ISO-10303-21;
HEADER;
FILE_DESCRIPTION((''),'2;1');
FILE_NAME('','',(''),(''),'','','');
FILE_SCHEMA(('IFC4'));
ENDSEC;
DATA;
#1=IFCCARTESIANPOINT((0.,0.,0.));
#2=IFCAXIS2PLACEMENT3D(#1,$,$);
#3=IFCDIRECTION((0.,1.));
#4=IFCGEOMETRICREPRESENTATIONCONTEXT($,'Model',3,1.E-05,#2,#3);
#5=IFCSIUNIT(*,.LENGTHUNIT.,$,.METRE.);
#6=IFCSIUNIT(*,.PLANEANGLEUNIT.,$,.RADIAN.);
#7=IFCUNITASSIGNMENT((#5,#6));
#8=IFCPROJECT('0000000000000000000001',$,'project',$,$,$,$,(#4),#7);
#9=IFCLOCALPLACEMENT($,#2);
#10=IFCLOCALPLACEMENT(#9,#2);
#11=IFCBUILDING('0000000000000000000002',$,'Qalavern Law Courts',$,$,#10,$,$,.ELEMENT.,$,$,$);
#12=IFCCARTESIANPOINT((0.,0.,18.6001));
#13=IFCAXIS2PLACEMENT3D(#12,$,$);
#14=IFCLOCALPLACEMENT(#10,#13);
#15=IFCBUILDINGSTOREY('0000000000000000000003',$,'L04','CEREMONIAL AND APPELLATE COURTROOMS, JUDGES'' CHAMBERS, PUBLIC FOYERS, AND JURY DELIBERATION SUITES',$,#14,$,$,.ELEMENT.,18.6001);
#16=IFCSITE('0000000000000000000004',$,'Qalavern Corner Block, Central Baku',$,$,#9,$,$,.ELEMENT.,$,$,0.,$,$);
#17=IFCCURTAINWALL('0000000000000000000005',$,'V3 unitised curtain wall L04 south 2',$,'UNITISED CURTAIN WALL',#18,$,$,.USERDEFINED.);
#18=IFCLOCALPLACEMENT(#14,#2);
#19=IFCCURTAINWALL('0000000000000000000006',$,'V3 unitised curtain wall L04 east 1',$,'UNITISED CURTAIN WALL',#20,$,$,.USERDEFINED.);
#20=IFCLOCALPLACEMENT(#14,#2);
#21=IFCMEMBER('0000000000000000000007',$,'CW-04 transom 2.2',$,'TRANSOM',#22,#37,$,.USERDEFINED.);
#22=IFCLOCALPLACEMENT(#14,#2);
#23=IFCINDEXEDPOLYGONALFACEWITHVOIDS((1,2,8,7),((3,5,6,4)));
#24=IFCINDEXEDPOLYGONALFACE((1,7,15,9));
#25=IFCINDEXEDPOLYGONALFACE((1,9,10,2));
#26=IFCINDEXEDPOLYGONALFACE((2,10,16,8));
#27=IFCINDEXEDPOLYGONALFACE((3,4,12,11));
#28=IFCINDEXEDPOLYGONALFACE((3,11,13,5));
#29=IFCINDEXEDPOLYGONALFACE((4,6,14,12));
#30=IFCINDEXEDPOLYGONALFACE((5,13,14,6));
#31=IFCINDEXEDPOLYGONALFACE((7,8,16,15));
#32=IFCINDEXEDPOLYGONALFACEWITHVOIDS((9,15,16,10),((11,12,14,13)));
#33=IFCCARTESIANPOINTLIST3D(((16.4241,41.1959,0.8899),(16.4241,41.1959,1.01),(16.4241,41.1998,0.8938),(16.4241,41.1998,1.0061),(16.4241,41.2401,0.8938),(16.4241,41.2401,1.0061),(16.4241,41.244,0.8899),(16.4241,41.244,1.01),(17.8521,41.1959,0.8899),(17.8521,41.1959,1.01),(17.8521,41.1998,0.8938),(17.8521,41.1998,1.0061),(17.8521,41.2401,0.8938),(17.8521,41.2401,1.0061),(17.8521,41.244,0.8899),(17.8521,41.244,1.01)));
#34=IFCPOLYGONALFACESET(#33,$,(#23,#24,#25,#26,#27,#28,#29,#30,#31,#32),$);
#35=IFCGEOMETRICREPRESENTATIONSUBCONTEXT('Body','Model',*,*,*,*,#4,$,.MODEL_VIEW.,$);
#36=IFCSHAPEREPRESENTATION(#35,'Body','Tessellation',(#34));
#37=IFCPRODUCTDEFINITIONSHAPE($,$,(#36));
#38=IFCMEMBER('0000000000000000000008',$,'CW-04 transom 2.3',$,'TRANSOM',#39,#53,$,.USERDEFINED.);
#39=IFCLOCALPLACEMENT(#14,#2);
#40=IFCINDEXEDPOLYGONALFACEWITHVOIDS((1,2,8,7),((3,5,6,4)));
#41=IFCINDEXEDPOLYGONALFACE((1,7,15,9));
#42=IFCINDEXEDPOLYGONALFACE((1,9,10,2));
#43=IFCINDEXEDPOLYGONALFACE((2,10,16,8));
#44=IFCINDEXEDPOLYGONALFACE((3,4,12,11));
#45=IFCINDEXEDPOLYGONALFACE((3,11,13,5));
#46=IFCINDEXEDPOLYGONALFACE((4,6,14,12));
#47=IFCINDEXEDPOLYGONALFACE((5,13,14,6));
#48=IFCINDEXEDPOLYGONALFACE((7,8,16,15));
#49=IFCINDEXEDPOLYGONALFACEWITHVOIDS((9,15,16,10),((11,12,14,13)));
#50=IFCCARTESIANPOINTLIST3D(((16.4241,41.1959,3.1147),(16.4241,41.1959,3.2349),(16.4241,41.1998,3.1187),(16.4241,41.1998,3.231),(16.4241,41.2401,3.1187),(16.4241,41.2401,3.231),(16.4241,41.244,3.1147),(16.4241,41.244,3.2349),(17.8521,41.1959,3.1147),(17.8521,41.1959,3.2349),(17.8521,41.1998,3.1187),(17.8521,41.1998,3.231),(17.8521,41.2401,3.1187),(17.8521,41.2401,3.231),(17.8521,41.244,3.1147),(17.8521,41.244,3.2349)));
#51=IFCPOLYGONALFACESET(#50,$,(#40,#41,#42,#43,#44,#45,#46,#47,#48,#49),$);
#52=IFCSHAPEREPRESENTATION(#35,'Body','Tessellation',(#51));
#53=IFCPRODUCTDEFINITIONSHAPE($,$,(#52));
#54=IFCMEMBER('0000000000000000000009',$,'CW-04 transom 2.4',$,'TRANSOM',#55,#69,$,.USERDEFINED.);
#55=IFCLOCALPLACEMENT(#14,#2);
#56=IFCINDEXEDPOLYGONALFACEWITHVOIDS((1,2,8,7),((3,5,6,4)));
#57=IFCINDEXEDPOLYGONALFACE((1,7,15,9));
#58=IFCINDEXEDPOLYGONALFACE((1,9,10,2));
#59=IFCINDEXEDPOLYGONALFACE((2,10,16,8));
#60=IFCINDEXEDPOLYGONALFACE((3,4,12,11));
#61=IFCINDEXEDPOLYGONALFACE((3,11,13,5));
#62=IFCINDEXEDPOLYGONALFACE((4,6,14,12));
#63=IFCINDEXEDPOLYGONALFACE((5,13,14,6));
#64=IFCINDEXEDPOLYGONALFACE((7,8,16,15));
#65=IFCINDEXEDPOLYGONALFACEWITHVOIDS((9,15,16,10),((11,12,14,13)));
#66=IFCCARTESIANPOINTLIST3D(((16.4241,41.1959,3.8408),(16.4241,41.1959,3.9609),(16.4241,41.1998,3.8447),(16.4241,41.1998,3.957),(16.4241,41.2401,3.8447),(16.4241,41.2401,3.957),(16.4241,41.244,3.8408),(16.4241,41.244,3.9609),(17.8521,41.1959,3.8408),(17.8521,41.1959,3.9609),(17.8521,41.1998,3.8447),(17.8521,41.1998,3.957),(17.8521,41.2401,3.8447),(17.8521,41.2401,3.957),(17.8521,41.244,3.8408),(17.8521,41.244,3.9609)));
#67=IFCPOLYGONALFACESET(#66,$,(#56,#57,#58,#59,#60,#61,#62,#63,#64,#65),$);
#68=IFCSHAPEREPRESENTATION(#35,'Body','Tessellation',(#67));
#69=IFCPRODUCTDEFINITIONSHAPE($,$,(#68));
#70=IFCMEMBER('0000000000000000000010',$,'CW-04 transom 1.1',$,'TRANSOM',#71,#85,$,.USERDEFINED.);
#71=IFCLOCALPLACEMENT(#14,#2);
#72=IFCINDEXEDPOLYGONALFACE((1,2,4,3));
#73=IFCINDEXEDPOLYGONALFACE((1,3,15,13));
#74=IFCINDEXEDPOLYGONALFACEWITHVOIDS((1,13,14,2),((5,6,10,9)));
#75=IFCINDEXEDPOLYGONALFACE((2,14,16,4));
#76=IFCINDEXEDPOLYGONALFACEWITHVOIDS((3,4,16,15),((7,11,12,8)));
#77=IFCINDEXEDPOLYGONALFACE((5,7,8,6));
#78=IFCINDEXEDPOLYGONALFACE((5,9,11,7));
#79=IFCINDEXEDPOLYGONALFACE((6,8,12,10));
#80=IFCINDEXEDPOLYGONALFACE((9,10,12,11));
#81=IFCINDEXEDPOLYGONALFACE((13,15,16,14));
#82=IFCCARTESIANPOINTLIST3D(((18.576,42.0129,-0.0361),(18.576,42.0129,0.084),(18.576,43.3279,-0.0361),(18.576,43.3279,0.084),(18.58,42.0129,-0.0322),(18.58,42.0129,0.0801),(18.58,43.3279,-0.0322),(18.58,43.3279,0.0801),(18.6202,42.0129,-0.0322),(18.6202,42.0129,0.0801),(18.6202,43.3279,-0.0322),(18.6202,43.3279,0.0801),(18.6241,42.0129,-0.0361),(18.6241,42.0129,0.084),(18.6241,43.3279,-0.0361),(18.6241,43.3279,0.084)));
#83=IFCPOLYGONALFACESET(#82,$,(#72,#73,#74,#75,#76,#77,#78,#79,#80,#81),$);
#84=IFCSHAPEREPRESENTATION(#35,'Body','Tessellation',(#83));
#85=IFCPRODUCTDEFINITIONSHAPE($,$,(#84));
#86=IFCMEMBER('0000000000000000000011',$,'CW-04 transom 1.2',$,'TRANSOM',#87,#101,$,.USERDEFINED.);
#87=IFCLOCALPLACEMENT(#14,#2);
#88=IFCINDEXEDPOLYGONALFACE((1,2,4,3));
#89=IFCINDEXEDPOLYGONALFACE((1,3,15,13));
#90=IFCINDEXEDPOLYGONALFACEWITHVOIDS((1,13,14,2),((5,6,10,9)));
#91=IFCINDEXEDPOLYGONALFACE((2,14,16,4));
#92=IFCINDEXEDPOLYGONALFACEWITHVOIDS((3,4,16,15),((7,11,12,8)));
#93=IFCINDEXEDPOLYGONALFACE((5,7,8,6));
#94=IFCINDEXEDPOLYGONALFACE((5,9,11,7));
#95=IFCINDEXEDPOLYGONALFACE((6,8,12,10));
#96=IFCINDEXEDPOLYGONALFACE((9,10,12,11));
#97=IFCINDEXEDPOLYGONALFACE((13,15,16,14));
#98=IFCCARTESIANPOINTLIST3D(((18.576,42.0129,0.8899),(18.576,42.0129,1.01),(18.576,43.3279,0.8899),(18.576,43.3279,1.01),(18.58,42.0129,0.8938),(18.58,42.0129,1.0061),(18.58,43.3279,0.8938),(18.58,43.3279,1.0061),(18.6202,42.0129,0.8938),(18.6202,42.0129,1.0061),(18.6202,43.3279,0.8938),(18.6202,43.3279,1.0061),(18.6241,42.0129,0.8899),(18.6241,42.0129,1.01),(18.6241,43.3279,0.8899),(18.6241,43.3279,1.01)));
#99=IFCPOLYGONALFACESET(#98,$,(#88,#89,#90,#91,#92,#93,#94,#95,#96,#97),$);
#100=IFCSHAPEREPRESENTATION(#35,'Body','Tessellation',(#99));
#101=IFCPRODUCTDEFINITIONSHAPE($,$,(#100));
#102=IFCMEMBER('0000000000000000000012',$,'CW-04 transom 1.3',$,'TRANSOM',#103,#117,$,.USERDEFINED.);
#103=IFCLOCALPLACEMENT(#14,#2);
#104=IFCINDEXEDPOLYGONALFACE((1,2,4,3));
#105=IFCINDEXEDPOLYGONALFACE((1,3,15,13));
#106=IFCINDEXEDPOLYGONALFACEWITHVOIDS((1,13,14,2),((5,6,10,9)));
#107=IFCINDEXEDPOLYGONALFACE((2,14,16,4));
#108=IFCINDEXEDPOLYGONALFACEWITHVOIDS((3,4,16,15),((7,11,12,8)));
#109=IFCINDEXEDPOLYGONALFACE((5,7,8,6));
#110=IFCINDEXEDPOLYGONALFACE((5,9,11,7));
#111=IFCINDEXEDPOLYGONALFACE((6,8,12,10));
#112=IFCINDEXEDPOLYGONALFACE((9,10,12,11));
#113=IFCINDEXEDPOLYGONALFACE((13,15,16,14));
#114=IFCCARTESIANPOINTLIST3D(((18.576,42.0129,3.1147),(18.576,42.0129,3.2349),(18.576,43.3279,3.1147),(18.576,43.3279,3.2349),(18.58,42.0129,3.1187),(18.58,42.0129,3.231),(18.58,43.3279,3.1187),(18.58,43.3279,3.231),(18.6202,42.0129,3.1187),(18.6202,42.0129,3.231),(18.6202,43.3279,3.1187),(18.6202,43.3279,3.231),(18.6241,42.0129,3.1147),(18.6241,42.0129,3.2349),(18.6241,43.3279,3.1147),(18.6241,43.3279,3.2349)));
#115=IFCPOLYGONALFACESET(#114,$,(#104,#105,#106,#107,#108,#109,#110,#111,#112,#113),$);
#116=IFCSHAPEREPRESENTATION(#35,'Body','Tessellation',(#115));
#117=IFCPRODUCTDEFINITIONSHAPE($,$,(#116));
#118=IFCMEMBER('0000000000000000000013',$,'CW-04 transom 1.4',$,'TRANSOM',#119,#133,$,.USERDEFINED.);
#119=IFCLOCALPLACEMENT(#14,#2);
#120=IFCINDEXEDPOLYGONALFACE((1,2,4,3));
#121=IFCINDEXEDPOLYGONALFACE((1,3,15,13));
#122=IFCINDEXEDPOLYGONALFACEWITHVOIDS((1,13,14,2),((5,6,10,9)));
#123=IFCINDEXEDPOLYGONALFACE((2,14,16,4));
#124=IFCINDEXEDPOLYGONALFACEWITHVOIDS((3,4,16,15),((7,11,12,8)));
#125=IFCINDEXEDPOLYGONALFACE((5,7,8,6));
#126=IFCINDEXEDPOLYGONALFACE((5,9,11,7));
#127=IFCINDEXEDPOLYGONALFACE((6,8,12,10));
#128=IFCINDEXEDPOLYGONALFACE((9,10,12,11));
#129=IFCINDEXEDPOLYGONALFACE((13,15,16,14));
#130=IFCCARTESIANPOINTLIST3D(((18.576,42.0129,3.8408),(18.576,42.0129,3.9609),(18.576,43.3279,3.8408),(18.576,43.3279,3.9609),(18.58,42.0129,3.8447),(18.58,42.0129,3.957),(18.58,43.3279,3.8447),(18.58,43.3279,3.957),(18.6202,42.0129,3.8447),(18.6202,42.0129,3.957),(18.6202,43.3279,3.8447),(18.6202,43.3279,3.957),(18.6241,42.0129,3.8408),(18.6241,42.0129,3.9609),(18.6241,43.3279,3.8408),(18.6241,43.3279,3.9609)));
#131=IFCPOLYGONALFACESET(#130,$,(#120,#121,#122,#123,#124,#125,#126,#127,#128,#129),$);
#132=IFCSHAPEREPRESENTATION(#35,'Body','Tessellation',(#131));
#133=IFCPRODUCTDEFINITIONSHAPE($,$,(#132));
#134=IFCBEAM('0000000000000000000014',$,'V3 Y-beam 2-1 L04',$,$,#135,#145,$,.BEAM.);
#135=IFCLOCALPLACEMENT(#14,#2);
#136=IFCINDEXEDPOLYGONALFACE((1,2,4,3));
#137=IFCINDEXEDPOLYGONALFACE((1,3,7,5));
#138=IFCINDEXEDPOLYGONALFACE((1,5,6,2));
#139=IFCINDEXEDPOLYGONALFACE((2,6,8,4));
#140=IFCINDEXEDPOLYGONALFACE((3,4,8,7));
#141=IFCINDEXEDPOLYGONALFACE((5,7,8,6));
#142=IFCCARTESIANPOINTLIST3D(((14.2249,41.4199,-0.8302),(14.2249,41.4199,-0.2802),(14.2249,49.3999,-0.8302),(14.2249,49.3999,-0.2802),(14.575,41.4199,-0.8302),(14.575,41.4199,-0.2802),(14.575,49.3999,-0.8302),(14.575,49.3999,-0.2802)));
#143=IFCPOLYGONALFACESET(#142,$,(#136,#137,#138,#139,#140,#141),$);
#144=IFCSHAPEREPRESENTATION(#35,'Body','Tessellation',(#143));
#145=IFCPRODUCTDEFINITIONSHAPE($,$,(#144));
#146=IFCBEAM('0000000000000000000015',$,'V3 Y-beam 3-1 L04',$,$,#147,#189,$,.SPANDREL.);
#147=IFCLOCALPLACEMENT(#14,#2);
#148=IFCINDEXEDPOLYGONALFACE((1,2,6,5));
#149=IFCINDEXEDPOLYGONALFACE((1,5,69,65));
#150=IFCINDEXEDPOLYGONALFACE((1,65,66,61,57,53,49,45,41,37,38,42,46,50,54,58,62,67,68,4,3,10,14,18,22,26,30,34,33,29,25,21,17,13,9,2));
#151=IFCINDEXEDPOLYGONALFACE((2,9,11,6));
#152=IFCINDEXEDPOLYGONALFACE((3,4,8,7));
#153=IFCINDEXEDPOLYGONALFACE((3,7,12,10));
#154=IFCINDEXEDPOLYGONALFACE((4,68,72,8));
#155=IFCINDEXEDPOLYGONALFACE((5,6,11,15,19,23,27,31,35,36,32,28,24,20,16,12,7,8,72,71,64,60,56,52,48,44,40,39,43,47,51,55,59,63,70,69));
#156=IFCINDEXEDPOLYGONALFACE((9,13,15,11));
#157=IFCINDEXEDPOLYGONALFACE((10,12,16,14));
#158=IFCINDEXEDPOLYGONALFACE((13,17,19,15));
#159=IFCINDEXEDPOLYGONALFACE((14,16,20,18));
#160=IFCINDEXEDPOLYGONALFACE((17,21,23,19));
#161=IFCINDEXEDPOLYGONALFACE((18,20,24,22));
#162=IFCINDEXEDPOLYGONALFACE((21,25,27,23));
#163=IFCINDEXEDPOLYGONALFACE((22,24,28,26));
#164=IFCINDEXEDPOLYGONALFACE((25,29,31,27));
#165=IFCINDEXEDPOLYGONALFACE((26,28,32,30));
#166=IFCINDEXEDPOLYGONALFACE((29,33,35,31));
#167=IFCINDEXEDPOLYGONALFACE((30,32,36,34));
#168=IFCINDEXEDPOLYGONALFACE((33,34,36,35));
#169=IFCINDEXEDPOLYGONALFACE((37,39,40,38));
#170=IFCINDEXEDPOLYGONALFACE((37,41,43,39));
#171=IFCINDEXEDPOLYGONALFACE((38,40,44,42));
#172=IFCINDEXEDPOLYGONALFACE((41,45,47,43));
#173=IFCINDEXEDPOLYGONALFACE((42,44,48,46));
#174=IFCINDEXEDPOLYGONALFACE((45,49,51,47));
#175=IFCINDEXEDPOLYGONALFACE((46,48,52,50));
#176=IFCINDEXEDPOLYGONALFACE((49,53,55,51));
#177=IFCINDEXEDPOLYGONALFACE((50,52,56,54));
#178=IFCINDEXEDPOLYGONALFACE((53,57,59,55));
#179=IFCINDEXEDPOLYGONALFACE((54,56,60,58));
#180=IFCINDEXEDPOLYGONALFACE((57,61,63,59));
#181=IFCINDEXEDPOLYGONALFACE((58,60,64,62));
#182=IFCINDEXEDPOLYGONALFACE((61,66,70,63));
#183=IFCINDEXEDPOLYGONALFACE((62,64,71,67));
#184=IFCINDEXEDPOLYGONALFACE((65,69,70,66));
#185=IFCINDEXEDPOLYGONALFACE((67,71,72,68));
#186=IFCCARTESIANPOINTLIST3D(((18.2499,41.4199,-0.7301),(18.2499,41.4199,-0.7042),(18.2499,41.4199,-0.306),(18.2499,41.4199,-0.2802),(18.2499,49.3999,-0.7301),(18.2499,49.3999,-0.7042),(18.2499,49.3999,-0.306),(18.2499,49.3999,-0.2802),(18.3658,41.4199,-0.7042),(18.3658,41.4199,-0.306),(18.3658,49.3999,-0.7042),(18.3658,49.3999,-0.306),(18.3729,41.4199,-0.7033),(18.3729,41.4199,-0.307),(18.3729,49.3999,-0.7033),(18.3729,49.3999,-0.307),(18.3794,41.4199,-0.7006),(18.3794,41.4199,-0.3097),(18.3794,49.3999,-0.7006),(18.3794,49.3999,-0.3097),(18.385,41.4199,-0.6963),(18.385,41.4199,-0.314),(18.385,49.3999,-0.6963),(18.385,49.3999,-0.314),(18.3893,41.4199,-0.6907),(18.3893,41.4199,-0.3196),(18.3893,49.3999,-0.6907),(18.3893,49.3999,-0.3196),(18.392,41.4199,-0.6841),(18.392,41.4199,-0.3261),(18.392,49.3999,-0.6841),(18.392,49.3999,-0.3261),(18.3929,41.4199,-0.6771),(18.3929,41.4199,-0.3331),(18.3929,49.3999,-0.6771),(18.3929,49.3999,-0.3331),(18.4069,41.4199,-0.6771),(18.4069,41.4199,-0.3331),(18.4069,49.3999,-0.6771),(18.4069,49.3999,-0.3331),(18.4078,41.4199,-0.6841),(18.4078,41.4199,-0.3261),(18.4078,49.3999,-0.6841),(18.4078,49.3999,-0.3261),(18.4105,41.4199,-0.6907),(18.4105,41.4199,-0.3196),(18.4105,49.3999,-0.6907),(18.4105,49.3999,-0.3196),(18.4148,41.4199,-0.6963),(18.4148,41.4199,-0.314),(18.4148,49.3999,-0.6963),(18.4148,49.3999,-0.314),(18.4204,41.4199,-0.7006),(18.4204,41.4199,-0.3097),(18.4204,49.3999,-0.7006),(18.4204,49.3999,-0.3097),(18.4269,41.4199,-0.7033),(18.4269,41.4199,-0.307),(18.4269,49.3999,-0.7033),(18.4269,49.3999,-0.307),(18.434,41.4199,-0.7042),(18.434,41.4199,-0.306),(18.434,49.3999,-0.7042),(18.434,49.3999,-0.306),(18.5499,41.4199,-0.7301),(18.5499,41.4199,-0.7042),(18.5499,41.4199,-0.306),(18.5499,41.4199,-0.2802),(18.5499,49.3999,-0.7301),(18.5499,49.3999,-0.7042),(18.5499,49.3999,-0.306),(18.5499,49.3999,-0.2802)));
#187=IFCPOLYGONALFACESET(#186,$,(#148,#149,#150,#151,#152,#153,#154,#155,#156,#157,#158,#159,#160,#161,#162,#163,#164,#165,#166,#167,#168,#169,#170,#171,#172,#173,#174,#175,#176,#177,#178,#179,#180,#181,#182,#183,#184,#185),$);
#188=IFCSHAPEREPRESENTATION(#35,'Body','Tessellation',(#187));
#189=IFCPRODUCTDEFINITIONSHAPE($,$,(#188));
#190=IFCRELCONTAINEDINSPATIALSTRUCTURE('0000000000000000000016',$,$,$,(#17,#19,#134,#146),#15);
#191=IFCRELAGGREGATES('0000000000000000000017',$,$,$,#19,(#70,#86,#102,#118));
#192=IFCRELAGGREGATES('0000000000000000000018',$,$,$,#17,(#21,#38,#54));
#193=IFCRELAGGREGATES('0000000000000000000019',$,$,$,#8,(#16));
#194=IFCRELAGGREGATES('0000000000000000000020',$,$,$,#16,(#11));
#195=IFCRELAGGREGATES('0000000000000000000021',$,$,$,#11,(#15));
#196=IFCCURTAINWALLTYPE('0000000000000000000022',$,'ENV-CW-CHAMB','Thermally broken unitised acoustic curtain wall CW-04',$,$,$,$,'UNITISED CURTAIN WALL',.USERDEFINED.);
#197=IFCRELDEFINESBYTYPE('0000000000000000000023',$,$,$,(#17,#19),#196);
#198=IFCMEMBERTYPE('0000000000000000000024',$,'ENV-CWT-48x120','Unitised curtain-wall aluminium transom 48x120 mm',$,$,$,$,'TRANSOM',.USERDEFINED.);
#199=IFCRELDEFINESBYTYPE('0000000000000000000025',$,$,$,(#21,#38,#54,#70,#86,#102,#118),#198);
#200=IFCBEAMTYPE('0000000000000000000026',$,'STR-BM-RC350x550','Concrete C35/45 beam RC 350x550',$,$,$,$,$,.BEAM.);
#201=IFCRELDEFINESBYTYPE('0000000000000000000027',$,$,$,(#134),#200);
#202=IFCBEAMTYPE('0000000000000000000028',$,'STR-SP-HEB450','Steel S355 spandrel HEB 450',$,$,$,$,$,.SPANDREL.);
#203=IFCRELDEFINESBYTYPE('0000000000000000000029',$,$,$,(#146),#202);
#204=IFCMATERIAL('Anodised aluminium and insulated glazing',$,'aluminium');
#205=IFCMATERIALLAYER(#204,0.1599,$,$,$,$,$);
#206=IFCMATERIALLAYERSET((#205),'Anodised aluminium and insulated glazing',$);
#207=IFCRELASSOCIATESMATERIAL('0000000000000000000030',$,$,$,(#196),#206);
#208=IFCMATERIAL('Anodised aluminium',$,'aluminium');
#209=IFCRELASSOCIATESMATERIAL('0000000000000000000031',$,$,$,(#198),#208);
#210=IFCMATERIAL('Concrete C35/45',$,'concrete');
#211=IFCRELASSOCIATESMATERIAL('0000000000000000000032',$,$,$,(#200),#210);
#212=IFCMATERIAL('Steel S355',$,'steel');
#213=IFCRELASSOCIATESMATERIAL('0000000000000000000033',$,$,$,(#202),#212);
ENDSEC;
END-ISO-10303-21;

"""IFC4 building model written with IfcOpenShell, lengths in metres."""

from ifc_helpers import new_model, si_unit, direction, frame, origin, origin_2d, place, context, subcontext, project, spatial, rectangle, hollow_rectangle, i_section, extrude, material, layer, layer_set, material_profile, profile_set, type_object, element, aggregate, save


model = new_model("IFC4")

# Units and contexts
model_context = context("Model", 3, precision=1e-05, world=origin(), true_north=direction((0.0, 1.0)))
body_context = subcontext(model_context, "Body", "Model", "MODEL_VIEW")
ifc_project = project(units=[si_unit("LENGTHUNIT", "METRE"), si_unit("PLANEANGLEUNIT", "RADIAN")], contexts=[model_context])

# Site, building, storey
site_placement = place(None, origin())
site = spatial("IfcSite", under=ifc_project, at=site_placement, Name="Qalavern Corner Block, Central Baku", CompositionType="ELEMENT", RefElevation=0.0)
building_placement = place(site_placement, origin())
building = spatial("IfcBuilding", under=site, at=building_placement, Name="Qalavern Law Courts", CompositionType="ELEMENT")
storey_placement = place(building_placement, frame((0.0, 0.0, 18.6001)))
storey = spatial("IfcBuildingStorey", under=building, at=storey_placement, Name="L04", Description="CEREMONIAL AND APPELLATE COURTROOMS, JUDGES' CHAMBERS, PUBLIC FOYERS, AND JURY DELIBERATION SUITES", CompositionType="ELEMENT", Elevation=18.6001)

# Curtain wall
ifc_material_1 = material(Name="Anodised aluminium and insulated glazing", Category="aluminium")
ifc_layer_1 = layer(ifc_material_1, 0.1599)
ifc_layer_set_1 = layer_set([ifc_layer_1], Name="Anodised aluminium and insulated glazing")
curtain_wall_type = type_object("IfcCurtainWallType", Name="ENV-CW-CHAMB", Description="Thermally broken unitised acoustic curtain wall CW-04", ElementType="UNITISED CURTAIN WALL", PredefinedType="USERDEFINED", material=ifc_layer_set_1)
curtain_wall_1_placement = place(storey_placement, origin())
curtain_wall_1 = element("IfcCurtainWall", 1, at=curtain_wall_1_placement, inside=storey, type_object=curtain_wall_type, Name="V3 unitised curtain wall L04 south 2", ObjectType="UNITISED CURTAIN WALL", PredefinedType="USERDEFINED")
ifc_material_2 = material(Name="Anodised aluminium", Category="aluminium")

# Curtain wall
curtain_wall_2_placement = place(storey_placement, origin())
curtain_wall_2 = element("IfcCurtainWall", 2, at=curtain_wall_2_placement, inside=storey, type_object=curtain_wall_type, Name="V3 unitised curtain wall L04 east 1", ObjectType="UNITISED CURTAIN WALL", PredefinedType="USERDEFINED")

# Members
ifc_material_profile_1 = material_profile(ifc_material_2, hollow_rectangle(XDim=0.0481, YDim=0.1201, WallThickness=0.0039, at=origin_2d()), Name="ALU TRANSOM 48x120")
ifc_profile_set_1 = profile_set([ifc_material_profile_1], Name="Anodised aluminium")
member_type_1 = type_object("IfcMemberType", Name="ENV-CWT-48x120", Description="Unitised curtain-wall aluminium transom 48x120 mm", ElementType="TRANSOM", PredefinedType="USERDEFINED", material=ifc_profile_set_1)
member_1_placement = place(storey_placement, frame((16.4241, 41.22, 0.95), z_axis=(1.0, 0.0, 0.0), x_axis=(0.0, 1.0, 0.0)))
member_1 = element("IfcMember", 3, at=member_1_placement, type_object=member_type_1, Name="CW-04 transom 2.2", ObjectType="TRANSOM", PredefinedType="USERDEFINED", context=body_context, shape_type="SweptSolid", body=[
    extrude(hollow_rectangle(XDim=0.0481, YDim=0.1201, WallThickness=0.0039, at=origin_2d()), origin(), (0.0, 0.0, 1.0), 1.428),
])
member_2_placement = place(storey_placement, frame((16.4241, 41.22, 3.1748), z_axis=(1.0, 0.0, 0.0), x_axis=(0.0, 1.0, 0.0)))
member_2 = element("IfcMember", 4, at=member_2_placement, type_object=member_type_1, Name="CW-04 transom 2.3", ObjectType="TRANSOM", PredefinedType="USERDEFINED", context=body_context, shape_type="SweptSolid", body=[
    extrude(hollow_rectangle(XDim=0.0481, YDim=0.1201, WallThickness=0.0039, at=origin_2d()), origin(), (0.0, 0.0, 1.0), 1.428),
])
member_3_placement = place(storey_placement, frame((16.4241, 41.22, 3.9009), z_axis=(1.0, 0.0, 0.0), x_axis=(0.0, 1.0, 0.0)))
member_3 = element("IfcMember", 5, at=member_3_placement, type_object=member_type_1, Name="CW-04 transom 2.4", ObjectType="TRANSOM", PredefinedType="USERDEFINED", context=body_context, shape_type="SweptSolid", body=[
    extrude(hollow_rectangle(XDim=0.0481, YDim=0.1201, WallThickness=0.0039, at=origin_2d()), origin(), (0.0, 0.0, 1.0), 1.428),
])
member_4_placement = place(storey_placement, frame((18.6001, 42.0129, 0.0239), z_axis=(0.0, 1.0, 0.0), x_axis=(-1.0, 0.0, 0.0)))
member_4 = element("IfcMember", 6, at=member_4_placement, type_object=member_type_1, Name="CW-04 transom 1.1", ObjectType="TRANSOM", PredefinedType="USERDEFINED", context=body_context, shape_type="SweptSolid", body=[
    extrude(hollow_rectangle(XDim=0.0481, YDim=0.1201, WallThickness=0.0039, at=origin_2d()), origin(), (0.0, 0.0, 1.0), 1.3149),
])
member_5_placement = place(storey_placement, frame((18.6001, 42.0129, 0.95), z_axis=(0.0, 1.0, 0.0), x_axis=(-1.0, 0.0, 0.0)))
member_5 = element("IfcMember", 7, at=member_5_placement, type_object=member_type_1, Name="CW-04 transom 1.2", ObjectType="TRANSOM", PredefinedType="USERDEFINED", context=body_context, shape_type="SweptSolid", body=[
    extrude(hollow_rectangle(XDim=0.0481, YDim=0.1201, WallThickness=0.0039, at=origin_2d()), origin(), (0.0, 0.0, 1.0), 1.3149),
])
member_6_placement = place(storey_placement, frame((18.6001, 42.0129, 3.1748), z_axis=(0.0, 1.0, 0.0), x_axis=(-1.0, 0.0, 0.0)))
member_6 = element("IfcMember", 8, at=member_6_placement, type_object=member_type_1, Name="CW-04 transom 1.3", ObjectType="TRANSOM", PredefinedType="USERDEFINED", context=body_context, shape_type="SweptSolid", body=[
    extrude(hollow_rectangle(XDim=0.0481, YDim=0.1201, WallThickness=0.0039, at=origin_2d()), origin(), (0.0, 0.0, 1.0), 1.3149),
])
member_7_placement = place(storey_placement, frame((18.6001, 42.0129, 3.9009), z_axis=(0.0, 1.0, 0.0), x_axis=(-1.0, 0.0, 0.0)))
member_7 = element("IfcMember", 9, at=member_7_placement, type_object=member_type_1, Name="CW-04 transom 1.4", ObjectType="TRANSOM", PredefinedType="USERDEFINED", context=body_context, shape_type="SweptSolid", body=[
    extrude(hollow_rectangle(XDim=0.0481, YDim=0.1201, WallThickness=0.0039, at=origin_2d()), origin(), (0.0, 0.0, 1.0), 1.3149),
])

# Beams
ifc_material_3 = material(Name="Concrete C35/45", Category="concrete")
ifc_material_profile_2 = material_profile(ifc_material_3, rectangle(XDim=0.3501, YDim=0.55, at=origin_2d()), Name="RC 350x550")
ifc_profile_set_2 = profile_set([ifc_material_profile_2], Name="Concrete C35/45")
beam_type_1 = type_object("IfcBeamType", Name="STR-BM-RC350x550", Description="Concrete C35/45 beam RC 350x550", PredefinedType="BEAM", material=ifc_profile_set_2)
beam_1_placement = place(storey_placement, frame((14.3999, 41.4199, -0.5552), z_axis=(0.0, 1.0, 0.0), x_axis=(-1.0, 0.0, 0.0)))
element("IfcBeam", 10, at=beam_1_placement, inside=storey, type_object=beam_type_1, Name="V3 Y-beam 2-1 L04", PredefinedType="BEAM", context=body_context, shape_type="SweptSolid", body=[
    extrude(rectangle(XDim=0.3501, YDim=0.55, at=origin_2d()), origin(), (0.0, 0.0, 1.0), 7.98),
])
ifc_material_4 = material(Name="Steel S355", Category="steel")
ifc_material_profile_3 = material_profile(ifc_material_4, i_section(OverallWidth=0.3, OverallDepth=0.45, WebThickness=0.0139, FlangeThickness=0.0259, FilletRadius=0.0271, at=origin_2d()), Name="HEB 450")
ifc_profile_set_3 = profile_set([ifc_material_profile_3], Name="Steel S355")
beam_type_2 = type_object("IfcBeamType", Name="STR-SP-HEB450", Description="Steel S355 spandrel HEB 450", PredefinedType="SPANDREL", material=ifc_profile_set_3)
beam_2_placement = place(storey_placement, frame((18.3999, 41.4199, -0.5051), z_axis=(0.0, 1.0, 0.0), x_axis=(-1.0, 0.0, 0.0)))
element("IfcBeam", 11, at=beam_2_placement, inside=storey, type_object=beam_type_2, Name="V3 Y-beam 3-1 L04", PredefinedType="SPANDREL", context=body_context, shape_type="SweptSolid", body=[
    extrude(i_section(OverallWidth=0.3, OverallDepth=0.45, WebThickness=0.0139, FlangeThickness=0.0259, FilletRadius=0.0271, at=origin_2d()), origin(), (0.0, 0.0, 1.0), 7.98),
])

aggregate(curtain_wall_2, [member_4, member_5, member_6, member_7])
aggregate(curtain_wall_1, [member_1, member_2, member_3])

save(model, "model.ifc")
